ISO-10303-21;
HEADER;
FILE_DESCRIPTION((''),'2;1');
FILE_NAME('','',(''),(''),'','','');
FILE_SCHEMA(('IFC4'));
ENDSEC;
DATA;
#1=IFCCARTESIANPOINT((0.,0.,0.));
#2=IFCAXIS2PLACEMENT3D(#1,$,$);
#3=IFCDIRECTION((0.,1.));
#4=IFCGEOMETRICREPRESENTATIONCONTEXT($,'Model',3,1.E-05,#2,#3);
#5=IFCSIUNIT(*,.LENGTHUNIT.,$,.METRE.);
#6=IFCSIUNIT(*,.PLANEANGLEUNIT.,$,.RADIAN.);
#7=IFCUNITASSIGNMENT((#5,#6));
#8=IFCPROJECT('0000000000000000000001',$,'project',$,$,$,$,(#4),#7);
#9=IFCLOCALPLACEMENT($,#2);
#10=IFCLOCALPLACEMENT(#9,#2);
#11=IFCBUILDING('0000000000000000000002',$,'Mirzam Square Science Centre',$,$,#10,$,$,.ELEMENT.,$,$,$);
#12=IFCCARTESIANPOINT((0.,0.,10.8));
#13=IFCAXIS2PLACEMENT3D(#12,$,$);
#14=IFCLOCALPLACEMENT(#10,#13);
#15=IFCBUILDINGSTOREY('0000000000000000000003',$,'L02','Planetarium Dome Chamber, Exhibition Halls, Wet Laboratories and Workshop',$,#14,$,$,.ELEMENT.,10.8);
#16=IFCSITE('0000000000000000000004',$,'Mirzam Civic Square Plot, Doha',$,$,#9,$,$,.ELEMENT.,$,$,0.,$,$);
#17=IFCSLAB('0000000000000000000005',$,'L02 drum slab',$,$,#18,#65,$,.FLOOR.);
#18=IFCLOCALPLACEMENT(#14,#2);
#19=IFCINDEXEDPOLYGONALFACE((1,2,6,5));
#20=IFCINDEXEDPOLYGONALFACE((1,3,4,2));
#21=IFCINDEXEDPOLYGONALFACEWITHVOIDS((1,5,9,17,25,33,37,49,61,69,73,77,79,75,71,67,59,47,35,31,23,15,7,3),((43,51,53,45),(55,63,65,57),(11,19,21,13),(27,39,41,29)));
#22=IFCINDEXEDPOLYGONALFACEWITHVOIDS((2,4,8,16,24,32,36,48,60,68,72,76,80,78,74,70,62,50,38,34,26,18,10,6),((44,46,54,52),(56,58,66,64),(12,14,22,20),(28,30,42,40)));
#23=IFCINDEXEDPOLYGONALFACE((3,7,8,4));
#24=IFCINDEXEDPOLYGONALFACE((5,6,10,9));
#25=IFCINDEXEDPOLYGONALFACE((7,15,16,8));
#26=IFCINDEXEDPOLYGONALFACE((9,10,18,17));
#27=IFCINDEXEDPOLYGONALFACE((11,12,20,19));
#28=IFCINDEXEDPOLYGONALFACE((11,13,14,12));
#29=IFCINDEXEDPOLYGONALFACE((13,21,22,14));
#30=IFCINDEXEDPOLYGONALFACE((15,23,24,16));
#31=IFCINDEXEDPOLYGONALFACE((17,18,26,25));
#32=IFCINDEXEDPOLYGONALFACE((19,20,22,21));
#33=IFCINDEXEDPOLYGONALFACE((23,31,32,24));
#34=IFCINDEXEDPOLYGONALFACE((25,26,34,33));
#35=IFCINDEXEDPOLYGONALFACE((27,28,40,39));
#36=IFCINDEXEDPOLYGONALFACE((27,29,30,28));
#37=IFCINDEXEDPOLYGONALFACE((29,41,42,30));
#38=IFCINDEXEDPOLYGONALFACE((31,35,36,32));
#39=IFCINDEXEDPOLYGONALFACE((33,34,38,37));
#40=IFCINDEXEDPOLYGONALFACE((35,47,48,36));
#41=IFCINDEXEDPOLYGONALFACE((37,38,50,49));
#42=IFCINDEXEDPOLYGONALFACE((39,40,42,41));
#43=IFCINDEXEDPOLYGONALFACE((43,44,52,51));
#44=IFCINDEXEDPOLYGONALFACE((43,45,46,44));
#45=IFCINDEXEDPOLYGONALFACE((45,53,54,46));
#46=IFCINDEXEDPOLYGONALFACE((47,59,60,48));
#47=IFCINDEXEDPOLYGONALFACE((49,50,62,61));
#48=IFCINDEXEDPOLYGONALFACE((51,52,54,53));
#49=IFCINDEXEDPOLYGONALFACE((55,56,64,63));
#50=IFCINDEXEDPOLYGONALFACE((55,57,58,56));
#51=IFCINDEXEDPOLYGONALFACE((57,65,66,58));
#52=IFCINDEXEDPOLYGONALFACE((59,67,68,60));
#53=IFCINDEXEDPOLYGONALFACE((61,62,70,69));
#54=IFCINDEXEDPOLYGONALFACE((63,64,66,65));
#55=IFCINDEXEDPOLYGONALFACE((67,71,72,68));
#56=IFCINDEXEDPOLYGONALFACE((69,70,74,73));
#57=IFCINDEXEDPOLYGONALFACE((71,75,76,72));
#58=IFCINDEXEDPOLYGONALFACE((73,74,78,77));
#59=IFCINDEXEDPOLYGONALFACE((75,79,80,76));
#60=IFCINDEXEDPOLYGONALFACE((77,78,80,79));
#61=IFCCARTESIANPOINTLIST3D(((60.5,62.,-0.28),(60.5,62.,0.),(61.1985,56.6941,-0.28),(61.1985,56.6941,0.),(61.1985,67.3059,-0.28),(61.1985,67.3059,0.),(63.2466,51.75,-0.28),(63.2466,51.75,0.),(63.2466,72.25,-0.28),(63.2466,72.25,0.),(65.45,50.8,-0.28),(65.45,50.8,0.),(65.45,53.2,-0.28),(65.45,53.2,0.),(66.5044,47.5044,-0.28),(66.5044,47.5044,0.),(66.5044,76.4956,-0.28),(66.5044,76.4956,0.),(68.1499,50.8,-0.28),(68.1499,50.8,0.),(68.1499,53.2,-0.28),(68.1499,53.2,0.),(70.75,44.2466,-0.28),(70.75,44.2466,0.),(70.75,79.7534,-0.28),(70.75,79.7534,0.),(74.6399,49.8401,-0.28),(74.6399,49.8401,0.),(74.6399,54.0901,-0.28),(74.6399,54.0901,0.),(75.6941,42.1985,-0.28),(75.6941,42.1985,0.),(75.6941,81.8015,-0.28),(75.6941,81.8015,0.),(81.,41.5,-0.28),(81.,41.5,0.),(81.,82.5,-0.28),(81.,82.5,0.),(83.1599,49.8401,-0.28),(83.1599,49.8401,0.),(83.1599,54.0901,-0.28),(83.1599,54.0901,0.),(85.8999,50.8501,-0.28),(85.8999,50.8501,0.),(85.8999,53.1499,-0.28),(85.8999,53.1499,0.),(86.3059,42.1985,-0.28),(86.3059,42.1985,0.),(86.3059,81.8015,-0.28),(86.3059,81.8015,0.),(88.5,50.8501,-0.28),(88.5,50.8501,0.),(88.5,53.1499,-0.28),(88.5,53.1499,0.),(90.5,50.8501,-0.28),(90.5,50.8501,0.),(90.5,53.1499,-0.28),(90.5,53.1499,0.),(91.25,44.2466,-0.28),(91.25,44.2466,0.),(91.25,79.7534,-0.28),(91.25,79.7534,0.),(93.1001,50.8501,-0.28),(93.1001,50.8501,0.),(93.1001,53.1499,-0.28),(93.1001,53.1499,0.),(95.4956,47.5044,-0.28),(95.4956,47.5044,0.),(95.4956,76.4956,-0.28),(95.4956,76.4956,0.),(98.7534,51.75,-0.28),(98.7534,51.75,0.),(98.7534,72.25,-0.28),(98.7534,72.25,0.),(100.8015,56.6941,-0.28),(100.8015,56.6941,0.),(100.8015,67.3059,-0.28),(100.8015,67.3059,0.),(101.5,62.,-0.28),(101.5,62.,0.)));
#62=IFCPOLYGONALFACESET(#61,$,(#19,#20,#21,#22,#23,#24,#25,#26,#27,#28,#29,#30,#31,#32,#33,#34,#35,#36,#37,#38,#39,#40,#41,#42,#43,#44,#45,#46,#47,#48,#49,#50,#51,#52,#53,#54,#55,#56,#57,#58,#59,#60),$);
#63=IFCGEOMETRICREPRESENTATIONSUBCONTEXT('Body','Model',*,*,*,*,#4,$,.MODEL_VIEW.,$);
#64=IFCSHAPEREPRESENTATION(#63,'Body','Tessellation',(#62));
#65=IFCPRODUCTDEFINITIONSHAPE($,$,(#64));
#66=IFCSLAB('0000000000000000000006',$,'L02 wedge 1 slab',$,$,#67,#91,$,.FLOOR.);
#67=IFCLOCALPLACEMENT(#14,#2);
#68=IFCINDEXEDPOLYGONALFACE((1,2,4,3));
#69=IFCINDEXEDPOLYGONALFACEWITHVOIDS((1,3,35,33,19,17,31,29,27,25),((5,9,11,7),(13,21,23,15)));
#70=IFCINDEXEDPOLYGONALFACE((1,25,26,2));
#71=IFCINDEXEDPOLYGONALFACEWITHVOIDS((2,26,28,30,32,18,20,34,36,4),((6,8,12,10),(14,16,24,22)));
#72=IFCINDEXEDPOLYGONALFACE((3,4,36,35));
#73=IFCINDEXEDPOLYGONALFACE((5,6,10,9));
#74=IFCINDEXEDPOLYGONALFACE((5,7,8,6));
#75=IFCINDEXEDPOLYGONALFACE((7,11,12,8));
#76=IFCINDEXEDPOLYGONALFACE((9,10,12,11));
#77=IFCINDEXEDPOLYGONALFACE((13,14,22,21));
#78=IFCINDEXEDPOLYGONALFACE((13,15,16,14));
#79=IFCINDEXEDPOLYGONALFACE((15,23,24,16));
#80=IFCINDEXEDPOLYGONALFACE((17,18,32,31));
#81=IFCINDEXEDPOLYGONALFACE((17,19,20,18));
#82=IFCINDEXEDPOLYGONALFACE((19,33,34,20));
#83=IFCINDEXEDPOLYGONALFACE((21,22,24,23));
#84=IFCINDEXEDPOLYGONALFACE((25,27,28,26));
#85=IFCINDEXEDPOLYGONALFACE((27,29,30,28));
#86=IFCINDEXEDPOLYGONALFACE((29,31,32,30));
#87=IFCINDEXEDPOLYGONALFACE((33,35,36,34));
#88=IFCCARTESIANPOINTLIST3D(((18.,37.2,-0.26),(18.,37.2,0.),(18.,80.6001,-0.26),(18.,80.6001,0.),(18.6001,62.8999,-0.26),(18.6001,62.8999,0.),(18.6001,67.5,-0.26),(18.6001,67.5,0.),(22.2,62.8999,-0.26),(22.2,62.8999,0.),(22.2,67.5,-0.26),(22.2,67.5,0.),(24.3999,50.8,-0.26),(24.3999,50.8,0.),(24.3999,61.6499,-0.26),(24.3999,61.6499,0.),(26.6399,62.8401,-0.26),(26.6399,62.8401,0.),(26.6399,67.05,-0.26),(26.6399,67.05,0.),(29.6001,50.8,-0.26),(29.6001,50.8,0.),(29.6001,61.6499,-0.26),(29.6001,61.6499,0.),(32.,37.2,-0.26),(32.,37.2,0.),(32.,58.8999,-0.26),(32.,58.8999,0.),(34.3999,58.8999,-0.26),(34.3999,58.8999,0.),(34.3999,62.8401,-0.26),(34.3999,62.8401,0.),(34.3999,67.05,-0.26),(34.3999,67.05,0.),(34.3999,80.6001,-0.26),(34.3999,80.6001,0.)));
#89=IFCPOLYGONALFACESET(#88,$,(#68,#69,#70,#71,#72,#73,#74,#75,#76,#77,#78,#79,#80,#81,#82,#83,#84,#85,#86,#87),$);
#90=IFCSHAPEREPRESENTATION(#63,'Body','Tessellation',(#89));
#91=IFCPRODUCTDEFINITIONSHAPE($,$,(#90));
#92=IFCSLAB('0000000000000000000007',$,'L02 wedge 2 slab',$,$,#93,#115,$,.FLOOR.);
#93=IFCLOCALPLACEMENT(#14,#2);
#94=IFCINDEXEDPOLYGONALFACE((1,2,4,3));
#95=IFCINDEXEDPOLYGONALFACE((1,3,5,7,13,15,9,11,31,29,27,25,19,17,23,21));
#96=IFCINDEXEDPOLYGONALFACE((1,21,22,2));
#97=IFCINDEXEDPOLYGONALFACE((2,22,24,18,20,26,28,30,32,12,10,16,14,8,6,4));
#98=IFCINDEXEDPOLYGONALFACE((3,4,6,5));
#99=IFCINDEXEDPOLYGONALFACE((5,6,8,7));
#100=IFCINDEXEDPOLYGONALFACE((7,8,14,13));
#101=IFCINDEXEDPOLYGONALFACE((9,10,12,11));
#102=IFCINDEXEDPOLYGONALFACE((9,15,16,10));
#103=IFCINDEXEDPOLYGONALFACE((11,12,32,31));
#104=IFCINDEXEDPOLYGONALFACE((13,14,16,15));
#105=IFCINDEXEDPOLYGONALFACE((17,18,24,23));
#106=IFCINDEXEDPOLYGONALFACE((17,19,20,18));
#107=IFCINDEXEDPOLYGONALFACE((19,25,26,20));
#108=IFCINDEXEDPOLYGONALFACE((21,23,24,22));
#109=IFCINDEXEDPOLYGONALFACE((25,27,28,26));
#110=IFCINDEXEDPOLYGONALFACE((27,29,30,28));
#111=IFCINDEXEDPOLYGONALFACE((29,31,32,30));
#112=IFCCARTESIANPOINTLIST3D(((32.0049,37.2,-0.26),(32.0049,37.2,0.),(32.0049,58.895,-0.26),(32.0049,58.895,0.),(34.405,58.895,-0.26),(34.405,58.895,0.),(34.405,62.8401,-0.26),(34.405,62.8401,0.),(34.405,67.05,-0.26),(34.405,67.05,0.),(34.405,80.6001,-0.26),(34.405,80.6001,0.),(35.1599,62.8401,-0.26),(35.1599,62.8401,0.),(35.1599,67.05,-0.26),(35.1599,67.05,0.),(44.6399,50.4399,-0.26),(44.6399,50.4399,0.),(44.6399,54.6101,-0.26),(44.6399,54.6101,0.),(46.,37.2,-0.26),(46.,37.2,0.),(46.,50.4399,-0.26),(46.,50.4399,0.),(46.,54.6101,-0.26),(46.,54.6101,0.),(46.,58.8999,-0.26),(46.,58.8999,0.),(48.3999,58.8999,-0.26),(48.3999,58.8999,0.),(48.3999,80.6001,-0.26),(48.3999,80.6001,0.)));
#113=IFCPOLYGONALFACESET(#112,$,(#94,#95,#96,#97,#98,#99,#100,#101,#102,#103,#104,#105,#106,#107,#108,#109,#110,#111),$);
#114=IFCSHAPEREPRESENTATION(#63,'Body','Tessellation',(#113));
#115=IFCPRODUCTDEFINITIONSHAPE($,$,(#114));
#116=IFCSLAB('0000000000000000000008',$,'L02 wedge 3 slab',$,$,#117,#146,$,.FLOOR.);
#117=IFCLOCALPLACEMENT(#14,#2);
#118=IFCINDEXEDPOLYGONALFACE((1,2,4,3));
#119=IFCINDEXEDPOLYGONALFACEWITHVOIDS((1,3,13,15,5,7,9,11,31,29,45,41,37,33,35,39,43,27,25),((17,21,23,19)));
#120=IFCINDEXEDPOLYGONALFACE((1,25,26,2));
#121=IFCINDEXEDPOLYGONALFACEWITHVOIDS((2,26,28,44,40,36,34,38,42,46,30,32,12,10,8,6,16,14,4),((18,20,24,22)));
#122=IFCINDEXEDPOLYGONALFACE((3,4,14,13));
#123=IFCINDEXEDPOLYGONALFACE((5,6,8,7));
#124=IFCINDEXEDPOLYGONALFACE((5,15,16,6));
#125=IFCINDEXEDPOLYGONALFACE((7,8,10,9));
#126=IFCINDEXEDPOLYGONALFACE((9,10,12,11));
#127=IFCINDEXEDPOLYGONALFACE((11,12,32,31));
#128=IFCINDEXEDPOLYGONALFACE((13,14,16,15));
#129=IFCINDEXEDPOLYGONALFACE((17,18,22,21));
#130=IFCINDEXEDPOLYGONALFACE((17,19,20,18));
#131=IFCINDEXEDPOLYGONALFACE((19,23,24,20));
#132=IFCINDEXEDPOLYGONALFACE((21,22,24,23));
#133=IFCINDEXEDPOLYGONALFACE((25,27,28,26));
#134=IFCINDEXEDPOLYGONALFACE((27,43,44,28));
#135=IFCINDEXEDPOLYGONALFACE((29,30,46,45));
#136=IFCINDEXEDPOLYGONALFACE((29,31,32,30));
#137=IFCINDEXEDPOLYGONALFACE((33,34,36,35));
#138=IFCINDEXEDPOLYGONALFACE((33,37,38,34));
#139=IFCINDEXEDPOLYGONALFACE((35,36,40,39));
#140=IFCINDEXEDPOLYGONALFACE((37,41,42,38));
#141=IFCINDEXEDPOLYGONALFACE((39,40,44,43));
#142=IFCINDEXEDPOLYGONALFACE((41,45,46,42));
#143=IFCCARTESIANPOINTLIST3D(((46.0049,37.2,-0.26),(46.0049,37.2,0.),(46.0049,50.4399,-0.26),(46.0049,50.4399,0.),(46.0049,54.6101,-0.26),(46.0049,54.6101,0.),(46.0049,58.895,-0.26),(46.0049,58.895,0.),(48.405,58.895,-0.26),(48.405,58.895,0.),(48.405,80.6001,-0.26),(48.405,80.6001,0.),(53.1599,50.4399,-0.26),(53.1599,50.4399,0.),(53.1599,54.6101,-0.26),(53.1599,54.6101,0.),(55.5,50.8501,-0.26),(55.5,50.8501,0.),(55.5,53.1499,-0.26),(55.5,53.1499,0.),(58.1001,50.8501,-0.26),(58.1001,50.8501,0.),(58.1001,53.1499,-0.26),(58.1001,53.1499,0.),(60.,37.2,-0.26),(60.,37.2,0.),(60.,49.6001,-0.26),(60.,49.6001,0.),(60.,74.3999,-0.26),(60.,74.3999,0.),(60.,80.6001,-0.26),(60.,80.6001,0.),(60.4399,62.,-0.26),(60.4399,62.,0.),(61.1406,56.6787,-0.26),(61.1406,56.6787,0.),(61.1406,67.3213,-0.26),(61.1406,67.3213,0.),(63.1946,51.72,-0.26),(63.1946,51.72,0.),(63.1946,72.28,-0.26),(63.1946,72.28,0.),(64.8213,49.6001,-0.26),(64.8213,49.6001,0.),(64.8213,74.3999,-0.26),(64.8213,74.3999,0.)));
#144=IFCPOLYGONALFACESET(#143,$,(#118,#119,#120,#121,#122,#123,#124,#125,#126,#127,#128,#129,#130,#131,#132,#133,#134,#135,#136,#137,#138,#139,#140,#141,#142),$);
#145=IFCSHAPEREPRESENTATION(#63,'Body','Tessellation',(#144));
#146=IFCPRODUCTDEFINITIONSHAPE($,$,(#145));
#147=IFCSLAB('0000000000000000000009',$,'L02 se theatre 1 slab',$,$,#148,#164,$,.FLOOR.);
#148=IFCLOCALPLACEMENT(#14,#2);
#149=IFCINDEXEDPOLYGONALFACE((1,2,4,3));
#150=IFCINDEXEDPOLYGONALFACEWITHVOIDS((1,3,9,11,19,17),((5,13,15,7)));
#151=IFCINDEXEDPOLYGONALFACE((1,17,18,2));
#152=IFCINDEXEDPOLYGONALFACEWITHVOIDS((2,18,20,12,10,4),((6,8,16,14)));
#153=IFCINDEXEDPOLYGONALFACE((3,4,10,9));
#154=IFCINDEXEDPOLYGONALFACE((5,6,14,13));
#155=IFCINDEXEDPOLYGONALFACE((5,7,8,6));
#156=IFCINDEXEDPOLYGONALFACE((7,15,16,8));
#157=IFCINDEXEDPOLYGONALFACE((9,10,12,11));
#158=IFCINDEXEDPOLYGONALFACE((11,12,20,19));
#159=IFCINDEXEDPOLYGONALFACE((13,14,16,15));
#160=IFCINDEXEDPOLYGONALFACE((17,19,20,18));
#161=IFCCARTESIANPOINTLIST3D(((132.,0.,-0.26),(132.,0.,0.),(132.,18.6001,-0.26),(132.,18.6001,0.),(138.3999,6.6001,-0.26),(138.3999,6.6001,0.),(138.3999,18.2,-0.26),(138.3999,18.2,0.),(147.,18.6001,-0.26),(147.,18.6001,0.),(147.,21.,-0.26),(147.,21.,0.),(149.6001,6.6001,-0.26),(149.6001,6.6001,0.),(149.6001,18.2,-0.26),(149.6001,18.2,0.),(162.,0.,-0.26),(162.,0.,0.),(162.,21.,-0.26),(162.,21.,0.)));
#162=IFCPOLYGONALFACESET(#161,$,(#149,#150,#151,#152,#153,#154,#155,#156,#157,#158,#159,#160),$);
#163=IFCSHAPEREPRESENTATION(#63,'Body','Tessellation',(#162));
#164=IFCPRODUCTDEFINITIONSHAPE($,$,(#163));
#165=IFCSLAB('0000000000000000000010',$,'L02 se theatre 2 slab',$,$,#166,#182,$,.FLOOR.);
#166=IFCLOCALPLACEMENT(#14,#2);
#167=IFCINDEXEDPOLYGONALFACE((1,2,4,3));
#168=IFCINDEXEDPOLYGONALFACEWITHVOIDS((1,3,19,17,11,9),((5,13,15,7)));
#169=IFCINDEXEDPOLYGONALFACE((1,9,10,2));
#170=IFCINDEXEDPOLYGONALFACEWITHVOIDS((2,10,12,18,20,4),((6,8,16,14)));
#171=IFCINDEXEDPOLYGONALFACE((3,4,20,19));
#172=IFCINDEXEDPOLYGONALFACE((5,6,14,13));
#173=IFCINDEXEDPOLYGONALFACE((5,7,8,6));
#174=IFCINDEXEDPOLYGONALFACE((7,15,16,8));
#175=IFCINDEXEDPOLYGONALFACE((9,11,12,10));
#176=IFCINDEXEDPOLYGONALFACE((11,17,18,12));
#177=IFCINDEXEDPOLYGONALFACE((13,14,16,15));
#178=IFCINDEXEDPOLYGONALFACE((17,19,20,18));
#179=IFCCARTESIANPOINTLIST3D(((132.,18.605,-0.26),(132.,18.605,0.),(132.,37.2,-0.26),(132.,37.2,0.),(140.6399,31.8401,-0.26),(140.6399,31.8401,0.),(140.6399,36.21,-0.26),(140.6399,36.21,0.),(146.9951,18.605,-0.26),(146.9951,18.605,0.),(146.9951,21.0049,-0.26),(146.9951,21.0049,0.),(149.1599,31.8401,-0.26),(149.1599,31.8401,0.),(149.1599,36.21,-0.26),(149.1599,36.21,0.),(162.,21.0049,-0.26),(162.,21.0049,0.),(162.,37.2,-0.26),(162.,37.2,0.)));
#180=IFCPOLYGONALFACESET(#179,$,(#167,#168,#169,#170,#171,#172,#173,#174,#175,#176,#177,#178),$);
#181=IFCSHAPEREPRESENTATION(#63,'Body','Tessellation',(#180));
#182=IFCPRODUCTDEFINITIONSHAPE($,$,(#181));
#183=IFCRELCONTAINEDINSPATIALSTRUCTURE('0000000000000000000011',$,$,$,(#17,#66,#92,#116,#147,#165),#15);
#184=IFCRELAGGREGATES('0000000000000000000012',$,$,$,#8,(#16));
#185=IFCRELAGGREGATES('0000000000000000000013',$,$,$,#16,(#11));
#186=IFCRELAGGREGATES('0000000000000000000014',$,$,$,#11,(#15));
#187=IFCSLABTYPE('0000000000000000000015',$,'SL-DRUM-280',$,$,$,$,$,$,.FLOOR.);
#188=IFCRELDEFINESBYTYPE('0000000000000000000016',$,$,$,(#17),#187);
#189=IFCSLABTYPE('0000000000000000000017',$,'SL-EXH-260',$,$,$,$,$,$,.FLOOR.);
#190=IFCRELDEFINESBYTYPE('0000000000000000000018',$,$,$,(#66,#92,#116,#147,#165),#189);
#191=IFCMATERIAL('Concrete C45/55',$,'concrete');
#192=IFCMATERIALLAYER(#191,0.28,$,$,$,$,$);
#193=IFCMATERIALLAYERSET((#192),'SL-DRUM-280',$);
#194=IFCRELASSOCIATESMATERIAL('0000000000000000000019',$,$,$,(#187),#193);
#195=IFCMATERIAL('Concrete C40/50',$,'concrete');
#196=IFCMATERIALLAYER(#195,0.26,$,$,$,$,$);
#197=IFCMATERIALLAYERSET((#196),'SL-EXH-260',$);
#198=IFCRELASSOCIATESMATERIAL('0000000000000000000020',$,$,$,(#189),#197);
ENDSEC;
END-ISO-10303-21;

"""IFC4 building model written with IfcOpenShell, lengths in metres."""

from ifc_helpers import new_model, si_unit, direction, frame, origin, place, context, subcontext, project, spatial, polyline, outline, extrude, material, layer, layer_set, type_object, element, save


model = new_model("IFC4")

# Units and contexts
model_context = context("Model", 3, precision=1e-05, world=origin(), true_north=direction((0.0, 1.0)))
body_context = subcontext(model_context, "Body", "Model", "MODEL_VIEW")
ifc_project = project(units=[si_unit("LENGTHUNIT", "METRE"), si_unit("PLANEANGLEUNIT", "RADIAN")], contexts=[model_context])

# Site, building, storey
site_placement = place(None, origin())
site = spatial("IfcSite", under=ifc_project, at=site_placement, Name="Mirzam Civic Square Plot, Doha", CompositionType="ELEMENT", RefElevation=0.0)
building_placement = place(site_placement, origin())
building = spatial("IfcBuilding", under=site, at=building_placement, Name="Mirzam Square Science Centre", CompositionType="ELEMENT")
storey_placement = place(building_placement, frame((0.0, 0.0, 10.8)))
storey = spatial("IfcBuildingStorey", under=building, at=storey_placement, Name="L02", Description="Planetarium Dome Chamber, Exhibition Halls, Wet Laboratories and Workshop", CompositionType="ELEMENT", Elevation=10.8)

# Slabs
ifc_material_1 = material(Name="Concrete C45/55", Category="concrete")
ifc_layer_1 = layer(ifc_material_1, 0.28)
ifc_layer_set_1 = layer_set([ifc_layer_1], Name="SL-DRUM-280")
slab_type_1 = type_object("IfcSlabType", Name="SL-DRUM-280", PredefinedType="FLOOR", material=ifc_layer_set_1)
slab_1_placement = place(storey_placement, frame((0.0, 0.0, -0.28)))
element("IfcSlab", 1, at=slab_1_placement, inside=storey, type_object=slab_type_1, Name="L02 drum slab", PredefinedType="FLOOR", context=body_context, shape_type="SweptSolid", body=[
    extrude(outline(polyline([(100.8015, 56.6941), (98.7534, 51.75), (95.4956, 47.5044), (91.25, 44.2466), (86.3059, 42.1985), (81.0, 41.5), (75.6941, 42.1985), (70.75, 44.2466), (66.5044, 47.5044), (63.2466, 51.75), (61.1985, 56.6941), (60.5, 62.0), (61.1985, 67.3059), (63.2466, 72.25), (66.5044, 76.4956), (70.75, 79.7534), (75.6941, 81.8015), (81.0, 82.5), (86.3059, 81.8015), (91.25, 79.7534), (95.4956, 76.4956), (98.7534, 72.25), (100.8015, 67.3059), (101.5, 62.0), (100.8015, 56.6941)]), holes=[polyline([(83.1599, 49.8401), (83.1599, 54.0901), (74.6399, 54.0901), (74.6399, 49.8401), (83.1599, 49.8401)]), polyline([(68.1499, 50.8), (68.1499, 53.2), (65.45, 53.2), (65.45, 50.8), (68.1499, 50.8)]), polyline([(88.5, 50.8501), (88.5, 53.1499), (85.8999, 53.1499), (85.8999, 50.8501), (88.5, 50.8501)]), polyline([(93.1001, 50.8501), (93.1001, 53.1499), (90.5, 53.1499), (90.5, 50.8501), (93.1001, 50.8501)])]), origin(), (0.0, 0.0, 1.0), 0.28),
])
ifc_material_2 = material(Name="Concrete C40/50", Category="concrete")
ifc_layer_2 = layer(ifc_material_2, 0.26)
ifc_layer_set_2 = layer_set([ifc_layer_2], Name="SL-EXH-260")
slab_type_2 = type_object("IfcSlabType", Name="SL-EXH-260", PredefinedType="FLOOR", material=ifc_layer_set_2)
slab_2_placement = place(storey_placement, frame((0.0, 0.0, -0.26)))
element("IfcSlab", 2, at=slab_2_placement, inside=storey, type_object=slab_type_2, Name="L02 wedge 1 slab", PredefinedType="FLOOR", context=body_context, shape_type="SweptSolid", body=[
    extrude(outline(polyline([(32.0, 58.8999), (32.0, 37.2), (18.0, 37.2), (18.0, 80.6001), (34.3999, 80.6001), (34.3999, 67.05), (26.6399, 67.05), (26.6399, 62.8401), (34.3999, 62.8401), (34.3999, 58.8999), (32.0, 58.8999)]), holes=[polyline([(29.6001, 61.6499), (24.3999, 61.6499), (24.3999, 50.8), (29.6001, 50.8), (29.6001, 61.6499)]), polyline([(22.2, 67.5), (18.6001, 67.5), (18.6001, 62.8999), (22.2, 62.8999), (22.2, 67.5)])]), origin(), (0.0, 0.0, 1.0), 0.26),
])
slab_3_placement = place(storey_placement, frame((0.0, 0.0, -0.26)))
element("IfcSlab", 3, at=slab_3_placement, inside=storey, type_object=slab_type_2, Name="L02 wedge 2 slab", PredefinedType="FLOOR", context=body_context, shape_type="SweptSolid", body=[
    extrude(outline(polyline([(32.0049, 37.2), (32.0049, 58.895), (34.405, 58.895), (34.405, 62.8401), (35.1599, 62.8401), (35.1599, 67.05), (34.405, 67.05), (34.405, 80.6001), (48.3999, 80.6001), (48.3999, 58.8999), (46.0, 58.8999), (46.0, 54.6101), (44.6399, 54.6101), (44.6399, 50.4399), (46.0, 50.4399), (46.0, 37.2), (32.0049, 37.2)])), origin(), (0.0, 0.0, 1.0), 0.26),
])
slab_4_placement = place(storey_placement, frame((0.0, 0.0, -0.26)))
element("IfcSlab", 4, at=slab_4_placement, inside=storey, type_object=slab_type_2, Name="L02 wedge 3 slab", PredefinedType="FLOOR", context=body_context, shape_type="SweptSolid", body=[
    extrude(outline(polyline([(53.1599, 50.4399), (53.1599, 54.6101), (46.0049, 54.6101), (46.0049, 58.895), (48.405, 58.895), (48.405, 80.6001), (60.0, 80.6001), (60.0, 74.3999), (64.8213, 74.3999), (63.1946, 72.28), (61.1406, 67.3213), (60.4399, 62.0), (61.1406, 56.6787), (63.1946, 51.72), (64.8213, 49.6001), (60.0, 49.6001), (60.0, 37.2), (46.0049, 37.2), (46.0049, 50.4399), (53.1599, 50.4399)]), holes=[polyline([(58.1001, 53.1499), (55.5, 53.1499), (55.5, 50.8501), (58.1001, 50.8501), (58.1001, 53.1499)])]), origin(), (0.0, 0.0, 1.0), 0.26),
])
slab_5_placement = place(storey_placement, frame((0.0, 0.0, -0.26)))
element("IfcSlab", 5, at=slab_5_placement, inside=storey, type_object=slab_type_2, Name="L02 se theatre 1 slab", PredefinedType="FLOOR", context=body_context, shape_type="SweptSolid", body=[
    extrude(outline(polyline([(147.0, 18.6001), (147.0, 21.0), (162.0, 21.0), (162.0, 0.0), (132.0, 0.0), (132.0, 18.6001), (147.0, 18.6001)]), holes=[polyline([(149.6001, 18.2), (138.3999, 18.2), (138.3999, 6.6001), (149.6001, 6.6001), (149.6001, 18.2)])]), origin(), (0.0, 0.0, 1.0), 0.26),
])
slab_6_placement = place(storey_placement, frame((0.0, 0.0, -0.26)))
element("IfcSlab", 6, at=slab_6_placement, inside=storey, type_object=slab_type_2, Name="L02 se theatre 2 slab", PredefinedType="FLOOR", context=body_context, shape_type="SweptSolid", body=[
    extrude(outline(polyline([(132.0, 37.2), (162.0, 37.2), (162.0, 21.0049), (146.9951, 21.0049), (146.9951, 18.605), (132.0, 18.605), (132.0, 37.2)]), holes=[polyline([(149.1599, 36.21), (140.6399, 36.21), (140.6399, 31.8401), (149.1599, 31.8401), (149.1599, 36.21)])]), origin(), (0.0, 0.0, 1.0), 0.26),
])

save(model, "model.ifc")
